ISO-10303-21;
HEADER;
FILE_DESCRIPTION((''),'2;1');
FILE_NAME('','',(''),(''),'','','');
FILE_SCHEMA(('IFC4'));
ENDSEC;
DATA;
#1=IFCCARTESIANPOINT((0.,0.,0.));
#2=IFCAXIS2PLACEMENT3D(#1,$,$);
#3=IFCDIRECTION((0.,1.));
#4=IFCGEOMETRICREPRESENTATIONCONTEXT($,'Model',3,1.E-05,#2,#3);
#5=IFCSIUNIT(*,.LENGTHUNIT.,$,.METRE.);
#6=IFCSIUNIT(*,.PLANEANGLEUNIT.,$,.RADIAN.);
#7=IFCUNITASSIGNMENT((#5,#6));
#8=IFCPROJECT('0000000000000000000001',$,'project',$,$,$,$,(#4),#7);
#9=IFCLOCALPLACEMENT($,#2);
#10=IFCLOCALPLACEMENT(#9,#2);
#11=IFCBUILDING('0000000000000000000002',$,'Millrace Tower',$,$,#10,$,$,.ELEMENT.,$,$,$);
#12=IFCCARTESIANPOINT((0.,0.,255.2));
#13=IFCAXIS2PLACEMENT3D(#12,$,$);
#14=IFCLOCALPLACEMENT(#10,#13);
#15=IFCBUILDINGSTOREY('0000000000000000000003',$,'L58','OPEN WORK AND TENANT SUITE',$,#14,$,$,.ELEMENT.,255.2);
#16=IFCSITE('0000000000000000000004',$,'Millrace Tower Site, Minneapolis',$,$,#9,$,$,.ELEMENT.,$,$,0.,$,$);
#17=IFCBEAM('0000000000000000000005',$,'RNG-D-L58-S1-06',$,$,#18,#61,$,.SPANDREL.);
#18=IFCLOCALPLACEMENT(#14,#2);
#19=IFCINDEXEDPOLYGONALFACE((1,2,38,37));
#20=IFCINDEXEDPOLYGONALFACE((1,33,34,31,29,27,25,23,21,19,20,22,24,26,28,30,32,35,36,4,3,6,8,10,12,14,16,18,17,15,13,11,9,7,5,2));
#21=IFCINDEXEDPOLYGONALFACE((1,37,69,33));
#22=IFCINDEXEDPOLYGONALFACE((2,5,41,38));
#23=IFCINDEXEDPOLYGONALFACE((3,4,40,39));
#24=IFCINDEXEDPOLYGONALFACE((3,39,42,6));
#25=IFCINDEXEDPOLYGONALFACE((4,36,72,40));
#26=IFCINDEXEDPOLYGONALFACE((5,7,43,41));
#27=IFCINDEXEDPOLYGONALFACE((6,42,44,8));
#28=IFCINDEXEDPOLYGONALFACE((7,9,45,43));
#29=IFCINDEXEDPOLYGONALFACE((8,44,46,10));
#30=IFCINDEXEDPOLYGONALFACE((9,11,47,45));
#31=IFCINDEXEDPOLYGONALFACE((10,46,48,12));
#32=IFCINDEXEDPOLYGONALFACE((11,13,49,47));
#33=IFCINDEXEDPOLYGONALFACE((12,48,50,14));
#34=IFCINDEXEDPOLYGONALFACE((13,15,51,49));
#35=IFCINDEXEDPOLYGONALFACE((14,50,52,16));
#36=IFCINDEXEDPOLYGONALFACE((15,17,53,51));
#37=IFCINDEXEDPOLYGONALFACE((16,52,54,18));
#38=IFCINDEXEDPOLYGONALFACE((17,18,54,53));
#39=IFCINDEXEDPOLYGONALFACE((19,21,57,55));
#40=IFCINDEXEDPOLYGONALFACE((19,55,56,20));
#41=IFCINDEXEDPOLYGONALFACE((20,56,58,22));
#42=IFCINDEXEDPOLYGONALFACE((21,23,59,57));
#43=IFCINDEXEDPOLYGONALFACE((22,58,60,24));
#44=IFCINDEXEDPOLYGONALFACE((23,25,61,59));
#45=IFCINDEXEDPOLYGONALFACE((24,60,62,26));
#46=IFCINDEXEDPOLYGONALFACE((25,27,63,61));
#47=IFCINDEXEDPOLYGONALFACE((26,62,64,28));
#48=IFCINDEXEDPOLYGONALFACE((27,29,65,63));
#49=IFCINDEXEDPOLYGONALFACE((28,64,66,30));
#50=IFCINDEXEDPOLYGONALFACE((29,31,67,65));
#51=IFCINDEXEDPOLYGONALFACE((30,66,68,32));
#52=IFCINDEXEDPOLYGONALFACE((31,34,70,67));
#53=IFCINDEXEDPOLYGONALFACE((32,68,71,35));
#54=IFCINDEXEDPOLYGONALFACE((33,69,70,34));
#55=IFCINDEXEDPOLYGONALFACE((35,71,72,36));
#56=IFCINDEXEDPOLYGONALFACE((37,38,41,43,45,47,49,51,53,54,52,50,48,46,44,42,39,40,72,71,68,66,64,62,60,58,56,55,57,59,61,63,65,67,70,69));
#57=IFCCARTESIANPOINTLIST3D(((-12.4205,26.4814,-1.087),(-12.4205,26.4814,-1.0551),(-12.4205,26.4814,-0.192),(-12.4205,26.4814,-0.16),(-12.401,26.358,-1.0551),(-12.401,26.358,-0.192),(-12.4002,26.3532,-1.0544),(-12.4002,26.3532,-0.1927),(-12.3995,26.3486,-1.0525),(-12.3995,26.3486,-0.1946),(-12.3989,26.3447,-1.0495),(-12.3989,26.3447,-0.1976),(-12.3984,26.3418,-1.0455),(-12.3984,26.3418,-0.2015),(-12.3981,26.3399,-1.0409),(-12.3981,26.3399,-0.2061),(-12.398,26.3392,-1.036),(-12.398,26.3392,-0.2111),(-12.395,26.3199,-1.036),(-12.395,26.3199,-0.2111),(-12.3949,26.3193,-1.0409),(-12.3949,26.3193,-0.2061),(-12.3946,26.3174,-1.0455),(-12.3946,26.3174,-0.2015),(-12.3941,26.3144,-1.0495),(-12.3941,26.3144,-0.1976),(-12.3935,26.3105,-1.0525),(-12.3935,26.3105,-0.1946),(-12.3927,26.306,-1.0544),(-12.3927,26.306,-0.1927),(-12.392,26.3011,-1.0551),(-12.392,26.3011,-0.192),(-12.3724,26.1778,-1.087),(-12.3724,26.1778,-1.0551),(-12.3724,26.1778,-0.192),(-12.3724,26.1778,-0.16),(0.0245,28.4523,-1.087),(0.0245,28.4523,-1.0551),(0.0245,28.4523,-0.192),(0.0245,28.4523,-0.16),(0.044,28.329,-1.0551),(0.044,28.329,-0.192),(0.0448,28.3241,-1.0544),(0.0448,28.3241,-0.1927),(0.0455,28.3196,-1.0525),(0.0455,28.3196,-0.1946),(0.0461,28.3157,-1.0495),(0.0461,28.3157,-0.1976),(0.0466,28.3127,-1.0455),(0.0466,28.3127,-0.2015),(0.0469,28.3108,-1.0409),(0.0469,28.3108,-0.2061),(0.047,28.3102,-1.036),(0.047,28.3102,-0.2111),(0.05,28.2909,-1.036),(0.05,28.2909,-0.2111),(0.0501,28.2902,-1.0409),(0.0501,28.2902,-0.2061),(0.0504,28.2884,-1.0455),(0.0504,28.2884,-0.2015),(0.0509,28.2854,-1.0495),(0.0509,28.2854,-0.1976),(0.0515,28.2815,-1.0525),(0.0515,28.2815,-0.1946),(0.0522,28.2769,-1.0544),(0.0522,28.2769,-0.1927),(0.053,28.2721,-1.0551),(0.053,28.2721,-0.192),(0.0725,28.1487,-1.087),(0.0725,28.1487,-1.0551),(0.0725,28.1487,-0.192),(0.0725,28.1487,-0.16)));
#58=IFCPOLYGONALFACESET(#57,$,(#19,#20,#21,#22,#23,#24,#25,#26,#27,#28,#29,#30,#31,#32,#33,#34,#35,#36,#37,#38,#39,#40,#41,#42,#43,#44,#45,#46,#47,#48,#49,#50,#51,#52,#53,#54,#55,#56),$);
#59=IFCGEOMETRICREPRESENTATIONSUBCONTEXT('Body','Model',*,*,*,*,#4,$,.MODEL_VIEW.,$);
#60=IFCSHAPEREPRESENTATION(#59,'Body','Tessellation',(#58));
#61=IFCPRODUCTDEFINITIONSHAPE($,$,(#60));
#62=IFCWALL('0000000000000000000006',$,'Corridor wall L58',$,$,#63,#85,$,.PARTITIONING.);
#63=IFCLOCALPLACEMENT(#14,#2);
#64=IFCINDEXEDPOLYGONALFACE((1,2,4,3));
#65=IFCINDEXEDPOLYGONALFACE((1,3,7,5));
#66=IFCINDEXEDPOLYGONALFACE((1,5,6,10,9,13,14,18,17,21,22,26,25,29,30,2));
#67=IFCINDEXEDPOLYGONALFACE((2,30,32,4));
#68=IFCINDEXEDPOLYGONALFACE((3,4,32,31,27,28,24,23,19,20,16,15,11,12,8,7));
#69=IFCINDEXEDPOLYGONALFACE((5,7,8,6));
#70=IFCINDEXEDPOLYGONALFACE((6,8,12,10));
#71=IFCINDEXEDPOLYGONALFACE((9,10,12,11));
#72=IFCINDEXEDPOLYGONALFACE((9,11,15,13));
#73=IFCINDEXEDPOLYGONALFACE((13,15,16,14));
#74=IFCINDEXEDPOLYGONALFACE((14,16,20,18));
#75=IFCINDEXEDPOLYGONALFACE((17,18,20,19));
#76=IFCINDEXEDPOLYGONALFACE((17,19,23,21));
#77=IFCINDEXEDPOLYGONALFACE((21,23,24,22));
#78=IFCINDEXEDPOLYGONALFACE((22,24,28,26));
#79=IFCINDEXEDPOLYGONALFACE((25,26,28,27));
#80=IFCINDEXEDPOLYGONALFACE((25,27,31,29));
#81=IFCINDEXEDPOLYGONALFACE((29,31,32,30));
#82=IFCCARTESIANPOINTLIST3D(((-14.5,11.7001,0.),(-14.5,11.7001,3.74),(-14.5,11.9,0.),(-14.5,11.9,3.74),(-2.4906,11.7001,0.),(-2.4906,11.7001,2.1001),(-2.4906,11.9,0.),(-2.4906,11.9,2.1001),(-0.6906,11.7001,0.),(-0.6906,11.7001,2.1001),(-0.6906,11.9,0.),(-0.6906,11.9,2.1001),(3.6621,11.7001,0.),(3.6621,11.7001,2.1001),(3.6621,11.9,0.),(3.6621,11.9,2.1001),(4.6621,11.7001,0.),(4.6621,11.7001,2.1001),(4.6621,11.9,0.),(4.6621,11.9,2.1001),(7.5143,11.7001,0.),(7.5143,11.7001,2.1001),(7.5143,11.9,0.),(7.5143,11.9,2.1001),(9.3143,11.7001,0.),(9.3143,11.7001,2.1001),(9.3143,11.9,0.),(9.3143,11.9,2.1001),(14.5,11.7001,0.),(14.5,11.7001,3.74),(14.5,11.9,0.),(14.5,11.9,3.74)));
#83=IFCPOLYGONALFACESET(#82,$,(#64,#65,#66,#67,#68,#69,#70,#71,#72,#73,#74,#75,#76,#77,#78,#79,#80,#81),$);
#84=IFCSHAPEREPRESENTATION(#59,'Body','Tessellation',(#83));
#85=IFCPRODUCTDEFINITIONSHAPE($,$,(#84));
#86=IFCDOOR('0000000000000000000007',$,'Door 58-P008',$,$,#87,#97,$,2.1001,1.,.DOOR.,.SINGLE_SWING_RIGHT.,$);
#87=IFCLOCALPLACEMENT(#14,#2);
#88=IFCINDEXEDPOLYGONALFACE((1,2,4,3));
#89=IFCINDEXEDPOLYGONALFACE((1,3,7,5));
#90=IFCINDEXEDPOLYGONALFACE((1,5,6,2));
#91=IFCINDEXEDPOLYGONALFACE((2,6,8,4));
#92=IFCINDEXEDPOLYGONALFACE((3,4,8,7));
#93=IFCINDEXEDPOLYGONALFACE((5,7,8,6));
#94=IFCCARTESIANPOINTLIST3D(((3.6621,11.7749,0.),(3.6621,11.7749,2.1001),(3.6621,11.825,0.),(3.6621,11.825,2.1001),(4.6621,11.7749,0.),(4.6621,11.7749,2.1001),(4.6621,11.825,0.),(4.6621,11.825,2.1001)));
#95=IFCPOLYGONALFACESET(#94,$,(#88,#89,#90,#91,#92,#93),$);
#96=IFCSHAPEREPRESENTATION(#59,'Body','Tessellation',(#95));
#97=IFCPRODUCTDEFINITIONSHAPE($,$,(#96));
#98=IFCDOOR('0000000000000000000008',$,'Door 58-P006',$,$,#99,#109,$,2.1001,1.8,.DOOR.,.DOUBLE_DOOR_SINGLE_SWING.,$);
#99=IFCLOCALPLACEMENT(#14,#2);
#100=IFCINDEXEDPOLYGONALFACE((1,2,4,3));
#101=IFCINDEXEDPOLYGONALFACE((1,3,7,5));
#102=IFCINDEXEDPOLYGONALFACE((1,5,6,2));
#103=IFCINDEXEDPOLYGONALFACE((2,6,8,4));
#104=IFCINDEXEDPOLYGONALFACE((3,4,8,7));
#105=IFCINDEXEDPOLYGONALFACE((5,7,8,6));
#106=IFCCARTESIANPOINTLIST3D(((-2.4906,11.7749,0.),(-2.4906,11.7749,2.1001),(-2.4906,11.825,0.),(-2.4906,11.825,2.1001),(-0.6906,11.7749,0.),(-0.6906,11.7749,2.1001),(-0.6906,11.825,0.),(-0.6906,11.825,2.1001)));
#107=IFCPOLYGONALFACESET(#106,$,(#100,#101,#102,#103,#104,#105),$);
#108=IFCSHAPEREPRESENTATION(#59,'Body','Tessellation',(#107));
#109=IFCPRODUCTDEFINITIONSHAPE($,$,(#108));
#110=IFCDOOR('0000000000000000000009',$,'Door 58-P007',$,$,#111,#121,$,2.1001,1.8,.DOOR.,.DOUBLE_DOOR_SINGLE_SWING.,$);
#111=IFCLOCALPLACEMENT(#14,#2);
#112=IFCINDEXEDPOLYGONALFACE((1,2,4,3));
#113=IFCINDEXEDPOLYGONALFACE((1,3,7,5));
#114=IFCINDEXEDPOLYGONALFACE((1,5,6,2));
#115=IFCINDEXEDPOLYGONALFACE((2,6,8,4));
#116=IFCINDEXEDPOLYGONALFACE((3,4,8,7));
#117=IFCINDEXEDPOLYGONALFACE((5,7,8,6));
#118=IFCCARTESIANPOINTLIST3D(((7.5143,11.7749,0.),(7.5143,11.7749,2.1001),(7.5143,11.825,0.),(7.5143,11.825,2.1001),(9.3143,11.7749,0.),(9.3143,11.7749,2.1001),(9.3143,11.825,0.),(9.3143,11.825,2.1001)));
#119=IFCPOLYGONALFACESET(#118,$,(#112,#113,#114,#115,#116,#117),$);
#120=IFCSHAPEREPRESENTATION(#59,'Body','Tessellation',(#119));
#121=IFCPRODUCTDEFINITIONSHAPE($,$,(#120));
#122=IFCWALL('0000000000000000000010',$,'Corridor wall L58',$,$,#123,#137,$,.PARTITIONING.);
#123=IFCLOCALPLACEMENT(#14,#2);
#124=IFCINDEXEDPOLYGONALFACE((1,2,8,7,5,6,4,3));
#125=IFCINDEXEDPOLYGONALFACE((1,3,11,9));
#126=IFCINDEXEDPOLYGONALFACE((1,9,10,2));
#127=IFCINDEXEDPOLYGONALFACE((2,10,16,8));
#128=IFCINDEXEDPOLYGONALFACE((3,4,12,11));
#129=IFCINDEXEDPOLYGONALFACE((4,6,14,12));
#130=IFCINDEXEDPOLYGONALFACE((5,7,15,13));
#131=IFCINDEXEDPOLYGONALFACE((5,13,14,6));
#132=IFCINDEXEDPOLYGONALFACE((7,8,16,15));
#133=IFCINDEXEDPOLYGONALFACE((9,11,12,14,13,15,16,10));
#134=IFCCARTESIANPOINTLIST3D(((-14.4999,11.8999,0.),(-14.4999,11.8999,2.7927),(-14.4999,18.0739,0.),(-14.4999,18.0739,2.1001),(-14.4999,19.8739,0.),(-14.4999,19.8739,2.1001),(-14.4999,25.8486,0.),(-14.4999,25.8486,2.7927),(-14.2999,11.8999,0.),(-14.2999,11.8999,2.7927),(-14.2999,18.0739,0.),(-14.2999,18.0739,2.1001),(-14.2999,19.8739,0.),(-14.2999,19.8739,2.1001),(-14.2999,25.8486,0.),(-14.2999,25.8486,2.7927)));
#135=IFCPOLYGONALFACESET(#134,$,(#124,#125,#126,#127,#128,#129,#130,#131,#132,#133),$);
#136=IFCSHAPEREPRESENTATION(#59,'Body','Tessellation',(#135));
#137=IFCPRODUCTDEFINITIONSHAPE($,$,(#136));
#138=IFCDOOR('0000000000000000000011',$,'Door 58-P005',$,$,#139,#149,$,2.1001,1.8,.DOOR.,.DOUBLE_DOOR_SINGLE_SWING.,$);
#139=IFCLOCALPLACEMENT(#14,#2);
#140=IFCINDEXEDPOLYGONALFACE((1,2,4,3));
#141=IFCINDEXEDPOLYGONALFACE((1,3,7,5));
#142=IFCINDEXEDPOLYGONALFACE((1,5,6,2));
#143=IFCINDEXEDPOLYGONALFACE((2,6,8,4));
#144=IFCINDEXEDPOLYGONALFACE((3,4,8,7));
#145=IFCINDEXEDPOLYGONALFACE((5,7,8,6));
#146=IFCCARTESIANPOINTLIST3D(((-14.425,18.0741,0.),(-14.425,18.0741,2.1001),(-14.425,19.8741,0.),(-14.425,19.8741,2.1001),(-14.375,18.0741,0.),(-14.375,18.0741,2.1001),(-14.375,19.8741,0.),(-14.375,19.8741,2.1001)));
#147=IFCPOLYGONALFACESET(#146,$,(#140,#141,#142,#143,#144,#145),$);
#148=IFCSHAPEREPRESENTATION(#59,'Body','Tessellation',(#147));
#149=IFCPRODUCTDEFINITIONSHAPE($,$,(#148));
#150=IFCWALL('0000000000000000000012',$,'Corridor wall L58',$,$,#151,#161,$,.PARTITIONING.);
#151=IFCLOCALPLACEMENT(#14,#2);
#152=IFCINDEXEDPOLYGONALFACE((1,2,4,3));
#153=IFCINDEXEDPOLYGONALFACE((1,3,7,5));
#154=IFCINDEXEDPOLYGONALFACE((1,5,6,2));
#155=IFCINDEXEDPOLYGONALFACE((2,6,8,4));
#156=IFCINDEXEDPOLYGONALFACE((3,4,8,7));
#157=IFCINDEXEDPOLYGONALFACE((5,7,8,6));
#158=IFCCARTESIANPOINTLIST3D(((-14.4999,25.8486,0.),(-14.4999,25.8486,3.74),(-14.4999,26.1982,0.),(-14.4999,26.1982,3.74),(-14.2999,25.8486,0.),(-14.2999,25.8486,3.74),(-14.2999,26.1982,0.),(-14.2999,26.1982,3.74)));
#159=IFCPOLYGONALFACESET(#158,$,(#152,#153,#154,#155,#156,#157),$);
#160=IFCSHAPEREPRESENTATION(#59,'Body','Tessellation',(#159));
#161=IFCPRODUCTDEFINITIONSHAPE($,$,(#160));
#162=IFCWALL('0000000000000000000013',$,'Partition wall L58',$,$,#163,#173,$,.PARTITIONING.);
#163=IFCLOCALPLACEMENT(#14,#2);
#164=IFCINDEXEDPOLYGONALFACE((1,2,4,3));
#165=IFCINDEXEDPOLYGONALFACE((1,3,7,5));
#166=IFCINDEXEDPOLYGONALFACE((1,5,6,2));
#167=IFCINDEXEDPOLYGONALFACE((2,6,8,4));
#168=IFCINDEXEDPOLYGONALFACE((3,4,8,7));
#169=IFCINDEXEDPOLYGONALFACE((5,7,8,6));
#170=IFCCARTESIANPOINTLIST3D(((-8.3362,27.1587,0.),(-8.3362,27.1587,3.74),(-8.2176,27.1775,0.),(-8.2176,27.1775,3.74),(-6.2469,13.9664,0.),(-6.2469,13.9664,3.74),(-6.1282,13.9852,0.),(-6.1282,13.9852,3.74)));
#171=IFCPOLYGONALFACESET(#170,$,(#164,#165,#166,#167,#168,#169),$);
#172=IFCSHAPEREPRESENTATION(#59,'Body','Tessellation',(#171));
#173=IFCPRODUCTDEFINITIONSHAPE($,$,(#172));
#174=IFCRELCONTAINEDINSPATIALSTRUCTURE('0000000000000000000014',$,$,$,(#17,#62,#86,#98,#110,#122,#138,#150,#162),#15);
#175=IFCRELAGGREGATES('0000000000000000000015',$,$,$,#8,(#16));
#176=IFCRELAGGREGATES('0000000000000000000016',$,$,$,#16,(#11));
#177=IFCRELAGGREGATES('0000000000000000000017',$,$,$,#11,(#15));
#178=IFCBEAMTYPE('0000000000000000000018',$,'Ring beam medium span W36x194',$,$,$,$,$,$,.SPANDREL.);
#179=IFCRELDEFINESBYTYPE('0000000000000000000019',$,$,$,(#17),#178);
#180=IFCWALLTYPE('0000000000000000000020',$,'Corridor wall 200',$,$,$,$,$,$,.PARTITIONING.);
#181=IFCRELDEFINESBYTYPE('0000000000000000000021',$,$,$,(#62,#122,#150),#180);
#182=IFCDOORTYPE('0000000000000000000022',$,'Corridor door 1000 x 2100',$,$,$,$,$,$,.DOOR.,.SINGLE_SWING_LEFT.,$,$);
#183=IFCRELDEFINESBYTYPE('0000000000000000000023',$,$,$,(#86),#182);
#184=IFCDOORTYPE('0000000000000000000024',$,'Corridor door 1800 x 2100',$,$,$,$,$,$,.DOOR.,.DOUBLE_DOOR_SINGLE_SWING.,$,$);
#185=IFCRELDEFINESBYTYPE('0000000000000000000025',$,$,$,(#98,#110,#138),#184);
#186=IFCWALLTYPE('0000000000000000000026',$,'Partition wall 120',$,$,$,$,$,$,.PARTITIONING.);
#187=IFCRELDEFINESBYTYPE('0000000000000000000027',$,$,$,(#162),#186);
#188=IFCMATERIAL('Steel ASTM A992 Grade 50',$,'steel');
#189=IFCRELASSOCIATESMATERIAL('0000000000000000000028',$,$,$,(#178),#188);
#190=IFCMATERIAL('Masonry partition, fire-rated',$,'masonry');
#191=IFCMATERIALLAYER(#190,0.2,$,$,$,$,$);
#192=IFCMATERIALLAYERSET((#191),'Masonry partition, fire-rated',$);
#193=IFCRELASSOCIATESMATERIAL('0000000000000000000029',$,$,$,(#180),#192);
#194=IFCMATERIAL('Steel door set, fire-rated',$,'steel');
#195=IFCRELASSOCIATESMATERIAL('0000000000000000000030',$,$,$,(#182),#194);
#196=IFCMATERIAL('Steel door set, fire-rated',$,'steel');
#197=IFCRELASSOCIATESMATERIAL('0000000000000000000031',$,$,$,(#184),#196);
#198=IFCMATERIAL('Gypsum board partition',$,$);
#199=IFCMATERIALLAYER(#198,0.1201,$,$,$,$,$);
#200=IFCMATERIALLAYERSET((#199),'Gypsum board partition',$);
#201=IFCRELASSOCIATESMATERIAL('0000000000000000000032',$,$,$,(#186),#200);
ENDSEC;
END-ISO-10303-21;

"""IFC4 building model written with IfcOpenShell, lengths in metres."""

from ifc_helpers import new_model, si_unit, direction, frame, frame_2d, origin, origin_2d, place, context, subcontext, project, spatial, rectangle, i_section, extrude, material, layer, layer_set, material_profile, profile_set, type_object, element, fill, save


model = new_model("IFC4")

# Units and contexts
model_context = context("Model", 3, precision=1e-05, world=origin(), true_north=direction((0.0, 1.0)))
body_context = subcontext(model_context, "Body", "Model", "MODEL_VIEW")
ifc_project = project(units=[si_unit("LENGTHUNIT", "METRE"), si_unit("PLANEANGLEUNIT", "RADIAN")], contexts=[model_context])

# Site, building, storey
site_placement = place(None, origin())
site = spatial("IfcSite", under=ifc_project, at=site_placement, Name="Millrace Tower Site, Minneapolis", CompositionType="ELEMENT", RefElevation=0.0)
building_placement = place(site_placement, origin())
building = spatial("IfcBuilding", under=site, at=building_placement, Name="Millrace Tower", CompositionType="ELEMENT")
storey_placement = place(building_placement, frame((0.0, 0.0, 255.2)))
storey = spatial("IfcBuildingStorey", under=building, at=storey_placement, Name="L58", Description="OPEN WORK AND TENANT SUITE", CompositionType="ELEMENT", Elevation=255.2)

# Beam
ifc_material_1 = material(Name="Steel ASTM A992 Grade 50", Category="steel")
ifc_material_profile_1 = material_profile(ifc_material_1, i_section(OverallWidth=0.3074, OverallDepth=0.927, WebThickness=0.0195, FlangeThickness=0.032, FilletRadius=0.019, at=origin_2d()))
ifc_profile_set_1 = profile_set([ifc_material_profile_1], Name="Steel ASTM A992 Grade 50")
beam_type_1 = type_object("IfcBeamType", Name="Ring beam medium span W36x194", PredefinedType="SPANDREL", material=ifc_profile_set_1)
beam_1_placement = place(storey_placement, frame((-12.3965, 26.3296, -0.6235), z_axis=(0.98769, 0.156422, 0.0), x_axis=(-0.156422, 0.98769, 0.0)))
element("IfcBeam", 1, at=beam_1_placement, inside=storey, type_object=beam_type_1, Name="RNG-D-L58-S1-06", PredefinedType="SPANDREL", context=body_context, shape_type="SweptSolid", body=[
    extrude(i_section(OverallWidth=0.3074, OverallDepth=0.927, WebThickness=0.0195, FlangeThickness=0.032, FilletRadius=0.019, at=origin_2d()), origin(), (0.0, 0.0, 1.0), 12.6001),
])

# Wall, openings, doors
ifc_material_2 = material(Name="Masonry partition, fire-rated", Category="masonry")
ifc_layer_1 = layer(ifc_material_2, 0.2)
ifc_layer_set_1 = layer_set([ifc_layer_1], Name="Masonry partition, fire-rated")
wall_type_1 = type_object("IfcWallType", Name="Corridor wall 200", PredefinedType="PARTITIONING", material=ifc_layer_set_1)
wall_1_placement = place(storey_placement, frame((-14.5, 11.8, 0.0), z_axis=(0.0, 0.0, 1.0), x_axis=(1.0, 0.0, 0.0)))
wall_1 = element("IfcWall", 2, at=wall_1_placement, inside=storey, type_object=wall_type_1, Name="Corridor wall L58", PredefinedType="PARTITIONING", context=body_context, shape_type="SweptSolid", body=[
    extrude(rectangle(XDim=29.0, YDim=0.2, at=frame_2d((14.5, 0.0))), origin(), (0.0, 0.0, 1.0), 3.74),
])
opening_1_placement = place(wall_1_placement, frame((12.0095, 0.0, 0.0)))
opening_1 = element("IfcOpeningElement", 3, at=opening_1_placement, cuts=wall_1, PredefinedType="OPENING", context=body_context, shape_type="SweptSolid", body=[
    extrude(rectangle(XDim=1.8, YDim=2.1001, at=frame_2d((0.8999, 1.05))), frame((0.0, 0.1099, 0.0), z_axis=(0.0, -1.0, 0.0), x_axis=(1.0, 0.0, 0.0)), (0.0, 0.0, 1.0), 0.22),
])
opening_2_placement = place(wall_1_placement, frame((22.0144, 0.0, 0.0)))
opening_2 = element("IfcOpeningElement", 4, at=opening_2_placement, cuts=wall_1, PredefinedType="OPENING", context=body_context, shape_type="SweptSolid", body=[
    extrude(rectangle(XDim=1.8, YDim=2.1001, at=frame_2d((0.8999, 1.05))), frame((0.0, 0.1099, 0.0), z_axis=(0.0, -1.0, 0.0), x_axis=(1.0, 0.0, 0.0)), (0.0, 0.0, 1.0), 0.22),
])
opening_3_placement = place(wall_1_placement, frame((18.1621, 0.0, 0.0)))
opening_3 = element("IfcOpeningElement", 5, at=opening_3_placement, cuts=wall_1, PredefinedType="OPENING", context=body_context, shape_type="SweptSolid", body=[
    extrude(rectangle(XDim=1.0, YDim=2.1001, at=frame_2d((0.5, 1.05))), frame((0.0, 0.1099, 0.0), z_axis=(0.0, -1.0, 0.0), x_axis=(1.0, 0.0, 0.0)), (0.0, 0.0, 1.0), 0.22),
])
ifc_material_3 = material(Name="Steel door set, fire-rated", Category="steel")
door_type_1 = type_object("IfcDoorType", Name="Corridor door 1000 x 2100", OperationType="SINGLE_SWING_LEFT", PredefinedType="DOOR", material=ifc_material_3)
door_1_placement = place(opening_3_placement, origin())
door_1 = element("IfcDoor", 6, at=door_1_placement, inside=storey, type_object=door_type_1, Name="Door 58-P008", OperationType="SINGLE_SWING_RIGHT", OverallHeight=2.1001, OverallWidth=1.0, PredefinedType="DOOR", context=body_context, shape_type="SweptSolid", body=[
    extrude(rectangle(XDim=1.0, YDim=2.1001, at=frame_2d((0.5, 1.05))), frame((0.0, 0.0249, 0.0), z_axis=(0.0, -1.0, 0.0), x_axis=(1.0, 0.0, 0.0)), (0.0, 0.0, 1.0), 0.05),
])
fill(opening_3, door_1)
ifc_material_4 = material(Name="Steel door set, fire-rated", Category="steel")
door_type_2 = type_object("IfcDoorType", Name="Corridor door 1800 x 2100", OperationType="DOUBLE_DOOR_SINGLE_SWING", PredefinedType="DOOR", material=ifc_material_4)
door_2_placement = place(opening_1_placement, origin())
door_2 = element("IfcDoor", 7, at=door_2_placement, inside=storey, type_object=door_type_2, Name="Door 58-P006", OperationType="DOUBLE_DOOR_SINGLE_SWING", OverallHeight=2.1001, OverallWidth=1.8, PredefinedType="DOOR", context=body_context, shape_type="SweptSolid", body=[
    extrude(rectangle(XDim=1.8, YDim=2.1001, at=frame_2d((0.8999, 1.05))), frame((0.0, 0.0249, 0.0), z_axis=(0.0, -1.0, 0.0), x_axis=(1.0, 0.0, 0.0)), (0.0, 0.0, 1.0), 0.05),
])
fill(opening_1, door_2)
door_3_placement = place(opening_2_placement, origin())
door_3 = element("IfcDoor", 8, at=door_3_placement, inside=storey, type_object=door_type_2, Name="Door 58-P007", OperationType="DOUBLE_DOOR_SINGLE_SWING", OverallHeight=2.1001, OverallWidth=1.8, PredefinedType="DOOR", context=body_context, shape_type="SweptSolid", body=[
    extrude(rectangle(XDim=1.8, YDim=2.1001, at=frame_2d((0.8999, 1.05))), frame((0.0, 0.0249, 0.0), z_axis=(0.0, -1.0, 0.0), x_axis=(1.0, 0.0, 0.0)), (0.0, 0.0, 1.0), 0.05),
])
fill(opening_2, door_3)

# Wall, opening, door
wall_2_placement = place(storey_placement, frame((-14.3999, 11.8999, 0.0), z_axis=(0.0, 0.0, 1.0), x_axis=(0.0, 1.0, 0.0)))
wall_2 = element("IfcWall", 9, at=wall_2_placement, inside=storey, type_object=wall_type_1, Name="Corridor wall L58", PredefinedType="PARTITIONING", context=body_context, shape_type="SweptSolid", body=[
    extrude(rectangle(XDim=13.9487, YDim=0.2, at=frame_2d((6.9744, 0.0))), origin(), (0.0, 0.0, 1.0), 2.7927),
])
opening_4_placement = place(wall_2_placement, frame((6.1741, 0.0, 0.0)))
opening_4 = element("IfcOpeningElement", 10, at=opening_4_placement, cuts=wall_2, PredefinedType="OPENING", context=body_context, shape_type="SweptSolid", body=[
    extrude(rectangle(XDim=1.8, YDim=2.1001, at=frame_2d((0.8999, 1.05))), frame((0.0, 0.1099, 0.0), z_axis=(0.0, -1.0, 0.0), x_axis=(1.0, 0.0, 0.0)), (0.0, 0.0, 1.0), 0.22),
])
door_4_placement = place(opening_4_placement, frame((1.8, 0.0, 0.0), z_axis=(0.0, 0.0, 1.0), x_axis=(-1.0, 0.0, 0.0)))
door_4 = element("IfcDoor", 11, at=door_4_placement, inside=storey, type_object=door_type_2, Name="Door 58-P005", OperationType="DOUBLE_DOOR_SINGLE_SWING", OverallHeight=2.1001, OverallWidth=1.8, PredefinedType="DOOR", context=body_context, shape_type="SweptSolid", body=[
    extrude(rectangle(XDim=1.8, YDim=2.1001, at=frame_2d((0.8999, 1.05))), frame((0.0, 0.0249, 0.0), z_axis=(0.0, -1.0, 0.0), x_axis=(1.0, 0.0, 0.0)), (0.0, 0.0, 1.0), 0.05),
])
fill(opening_4, door_4)

# Walls
wall_3_placement = place(storey_placement, frame((-14.3999, 25.8486, 0.0), z_axis=(0.0, 0.0, 1.0), x_axis=(0.0, 1.0, 0.0)))
element("IfcWall", 12, at=wall_3_placement, inside=storey, type_object=wall_type_1, Name="Corridor wall L58", PredefinedType="PARTITIONING", context=body_context, shape_type="SweptSolid", body=[
    extrude(rectangle(XDim=0.3496, YDim=0.2, at=frame_2d((0.1748, 0.0))), origin(), (0.0, 0.0, 1.0), 3.74),
])
ifc_material_5 = material(Name="Gypsum board partition")
ifc_layer_2 = layer(ifc_material_5, 0.1201)
ifc_layer_set_2 = layer_set([ifc_layer_2], Name="Gypsum board partition")
wall_type_2 = type_object("IfcWallType", Name="Partition wall 120", PredefinedType="PARTITIONING", material=ifc_layer_set_2)
wall_4_placement = place(storey_placement, frame((-8.2769, 27.168, 0.0), z_axis=(0.0, 0.0, 1.0), x_axis=(0.156426, -0.98769, 0.0)))
element("IfcWall", 13, at=wall_4_placement, inside=storey, type_object=wall_type_2, Name="Partition wall L58", PredefinedType="PARTITIONING", context=body_context, shape_type="SweptSolid", body=[
    extrude(rectangle(XDim=13.3567, YDim=0.1201, at=frame_2d((6.6782, 0.0))), origin(), (0.0, 0.0, 1.0), 3.74),
])

save(model, "model.ifc")
